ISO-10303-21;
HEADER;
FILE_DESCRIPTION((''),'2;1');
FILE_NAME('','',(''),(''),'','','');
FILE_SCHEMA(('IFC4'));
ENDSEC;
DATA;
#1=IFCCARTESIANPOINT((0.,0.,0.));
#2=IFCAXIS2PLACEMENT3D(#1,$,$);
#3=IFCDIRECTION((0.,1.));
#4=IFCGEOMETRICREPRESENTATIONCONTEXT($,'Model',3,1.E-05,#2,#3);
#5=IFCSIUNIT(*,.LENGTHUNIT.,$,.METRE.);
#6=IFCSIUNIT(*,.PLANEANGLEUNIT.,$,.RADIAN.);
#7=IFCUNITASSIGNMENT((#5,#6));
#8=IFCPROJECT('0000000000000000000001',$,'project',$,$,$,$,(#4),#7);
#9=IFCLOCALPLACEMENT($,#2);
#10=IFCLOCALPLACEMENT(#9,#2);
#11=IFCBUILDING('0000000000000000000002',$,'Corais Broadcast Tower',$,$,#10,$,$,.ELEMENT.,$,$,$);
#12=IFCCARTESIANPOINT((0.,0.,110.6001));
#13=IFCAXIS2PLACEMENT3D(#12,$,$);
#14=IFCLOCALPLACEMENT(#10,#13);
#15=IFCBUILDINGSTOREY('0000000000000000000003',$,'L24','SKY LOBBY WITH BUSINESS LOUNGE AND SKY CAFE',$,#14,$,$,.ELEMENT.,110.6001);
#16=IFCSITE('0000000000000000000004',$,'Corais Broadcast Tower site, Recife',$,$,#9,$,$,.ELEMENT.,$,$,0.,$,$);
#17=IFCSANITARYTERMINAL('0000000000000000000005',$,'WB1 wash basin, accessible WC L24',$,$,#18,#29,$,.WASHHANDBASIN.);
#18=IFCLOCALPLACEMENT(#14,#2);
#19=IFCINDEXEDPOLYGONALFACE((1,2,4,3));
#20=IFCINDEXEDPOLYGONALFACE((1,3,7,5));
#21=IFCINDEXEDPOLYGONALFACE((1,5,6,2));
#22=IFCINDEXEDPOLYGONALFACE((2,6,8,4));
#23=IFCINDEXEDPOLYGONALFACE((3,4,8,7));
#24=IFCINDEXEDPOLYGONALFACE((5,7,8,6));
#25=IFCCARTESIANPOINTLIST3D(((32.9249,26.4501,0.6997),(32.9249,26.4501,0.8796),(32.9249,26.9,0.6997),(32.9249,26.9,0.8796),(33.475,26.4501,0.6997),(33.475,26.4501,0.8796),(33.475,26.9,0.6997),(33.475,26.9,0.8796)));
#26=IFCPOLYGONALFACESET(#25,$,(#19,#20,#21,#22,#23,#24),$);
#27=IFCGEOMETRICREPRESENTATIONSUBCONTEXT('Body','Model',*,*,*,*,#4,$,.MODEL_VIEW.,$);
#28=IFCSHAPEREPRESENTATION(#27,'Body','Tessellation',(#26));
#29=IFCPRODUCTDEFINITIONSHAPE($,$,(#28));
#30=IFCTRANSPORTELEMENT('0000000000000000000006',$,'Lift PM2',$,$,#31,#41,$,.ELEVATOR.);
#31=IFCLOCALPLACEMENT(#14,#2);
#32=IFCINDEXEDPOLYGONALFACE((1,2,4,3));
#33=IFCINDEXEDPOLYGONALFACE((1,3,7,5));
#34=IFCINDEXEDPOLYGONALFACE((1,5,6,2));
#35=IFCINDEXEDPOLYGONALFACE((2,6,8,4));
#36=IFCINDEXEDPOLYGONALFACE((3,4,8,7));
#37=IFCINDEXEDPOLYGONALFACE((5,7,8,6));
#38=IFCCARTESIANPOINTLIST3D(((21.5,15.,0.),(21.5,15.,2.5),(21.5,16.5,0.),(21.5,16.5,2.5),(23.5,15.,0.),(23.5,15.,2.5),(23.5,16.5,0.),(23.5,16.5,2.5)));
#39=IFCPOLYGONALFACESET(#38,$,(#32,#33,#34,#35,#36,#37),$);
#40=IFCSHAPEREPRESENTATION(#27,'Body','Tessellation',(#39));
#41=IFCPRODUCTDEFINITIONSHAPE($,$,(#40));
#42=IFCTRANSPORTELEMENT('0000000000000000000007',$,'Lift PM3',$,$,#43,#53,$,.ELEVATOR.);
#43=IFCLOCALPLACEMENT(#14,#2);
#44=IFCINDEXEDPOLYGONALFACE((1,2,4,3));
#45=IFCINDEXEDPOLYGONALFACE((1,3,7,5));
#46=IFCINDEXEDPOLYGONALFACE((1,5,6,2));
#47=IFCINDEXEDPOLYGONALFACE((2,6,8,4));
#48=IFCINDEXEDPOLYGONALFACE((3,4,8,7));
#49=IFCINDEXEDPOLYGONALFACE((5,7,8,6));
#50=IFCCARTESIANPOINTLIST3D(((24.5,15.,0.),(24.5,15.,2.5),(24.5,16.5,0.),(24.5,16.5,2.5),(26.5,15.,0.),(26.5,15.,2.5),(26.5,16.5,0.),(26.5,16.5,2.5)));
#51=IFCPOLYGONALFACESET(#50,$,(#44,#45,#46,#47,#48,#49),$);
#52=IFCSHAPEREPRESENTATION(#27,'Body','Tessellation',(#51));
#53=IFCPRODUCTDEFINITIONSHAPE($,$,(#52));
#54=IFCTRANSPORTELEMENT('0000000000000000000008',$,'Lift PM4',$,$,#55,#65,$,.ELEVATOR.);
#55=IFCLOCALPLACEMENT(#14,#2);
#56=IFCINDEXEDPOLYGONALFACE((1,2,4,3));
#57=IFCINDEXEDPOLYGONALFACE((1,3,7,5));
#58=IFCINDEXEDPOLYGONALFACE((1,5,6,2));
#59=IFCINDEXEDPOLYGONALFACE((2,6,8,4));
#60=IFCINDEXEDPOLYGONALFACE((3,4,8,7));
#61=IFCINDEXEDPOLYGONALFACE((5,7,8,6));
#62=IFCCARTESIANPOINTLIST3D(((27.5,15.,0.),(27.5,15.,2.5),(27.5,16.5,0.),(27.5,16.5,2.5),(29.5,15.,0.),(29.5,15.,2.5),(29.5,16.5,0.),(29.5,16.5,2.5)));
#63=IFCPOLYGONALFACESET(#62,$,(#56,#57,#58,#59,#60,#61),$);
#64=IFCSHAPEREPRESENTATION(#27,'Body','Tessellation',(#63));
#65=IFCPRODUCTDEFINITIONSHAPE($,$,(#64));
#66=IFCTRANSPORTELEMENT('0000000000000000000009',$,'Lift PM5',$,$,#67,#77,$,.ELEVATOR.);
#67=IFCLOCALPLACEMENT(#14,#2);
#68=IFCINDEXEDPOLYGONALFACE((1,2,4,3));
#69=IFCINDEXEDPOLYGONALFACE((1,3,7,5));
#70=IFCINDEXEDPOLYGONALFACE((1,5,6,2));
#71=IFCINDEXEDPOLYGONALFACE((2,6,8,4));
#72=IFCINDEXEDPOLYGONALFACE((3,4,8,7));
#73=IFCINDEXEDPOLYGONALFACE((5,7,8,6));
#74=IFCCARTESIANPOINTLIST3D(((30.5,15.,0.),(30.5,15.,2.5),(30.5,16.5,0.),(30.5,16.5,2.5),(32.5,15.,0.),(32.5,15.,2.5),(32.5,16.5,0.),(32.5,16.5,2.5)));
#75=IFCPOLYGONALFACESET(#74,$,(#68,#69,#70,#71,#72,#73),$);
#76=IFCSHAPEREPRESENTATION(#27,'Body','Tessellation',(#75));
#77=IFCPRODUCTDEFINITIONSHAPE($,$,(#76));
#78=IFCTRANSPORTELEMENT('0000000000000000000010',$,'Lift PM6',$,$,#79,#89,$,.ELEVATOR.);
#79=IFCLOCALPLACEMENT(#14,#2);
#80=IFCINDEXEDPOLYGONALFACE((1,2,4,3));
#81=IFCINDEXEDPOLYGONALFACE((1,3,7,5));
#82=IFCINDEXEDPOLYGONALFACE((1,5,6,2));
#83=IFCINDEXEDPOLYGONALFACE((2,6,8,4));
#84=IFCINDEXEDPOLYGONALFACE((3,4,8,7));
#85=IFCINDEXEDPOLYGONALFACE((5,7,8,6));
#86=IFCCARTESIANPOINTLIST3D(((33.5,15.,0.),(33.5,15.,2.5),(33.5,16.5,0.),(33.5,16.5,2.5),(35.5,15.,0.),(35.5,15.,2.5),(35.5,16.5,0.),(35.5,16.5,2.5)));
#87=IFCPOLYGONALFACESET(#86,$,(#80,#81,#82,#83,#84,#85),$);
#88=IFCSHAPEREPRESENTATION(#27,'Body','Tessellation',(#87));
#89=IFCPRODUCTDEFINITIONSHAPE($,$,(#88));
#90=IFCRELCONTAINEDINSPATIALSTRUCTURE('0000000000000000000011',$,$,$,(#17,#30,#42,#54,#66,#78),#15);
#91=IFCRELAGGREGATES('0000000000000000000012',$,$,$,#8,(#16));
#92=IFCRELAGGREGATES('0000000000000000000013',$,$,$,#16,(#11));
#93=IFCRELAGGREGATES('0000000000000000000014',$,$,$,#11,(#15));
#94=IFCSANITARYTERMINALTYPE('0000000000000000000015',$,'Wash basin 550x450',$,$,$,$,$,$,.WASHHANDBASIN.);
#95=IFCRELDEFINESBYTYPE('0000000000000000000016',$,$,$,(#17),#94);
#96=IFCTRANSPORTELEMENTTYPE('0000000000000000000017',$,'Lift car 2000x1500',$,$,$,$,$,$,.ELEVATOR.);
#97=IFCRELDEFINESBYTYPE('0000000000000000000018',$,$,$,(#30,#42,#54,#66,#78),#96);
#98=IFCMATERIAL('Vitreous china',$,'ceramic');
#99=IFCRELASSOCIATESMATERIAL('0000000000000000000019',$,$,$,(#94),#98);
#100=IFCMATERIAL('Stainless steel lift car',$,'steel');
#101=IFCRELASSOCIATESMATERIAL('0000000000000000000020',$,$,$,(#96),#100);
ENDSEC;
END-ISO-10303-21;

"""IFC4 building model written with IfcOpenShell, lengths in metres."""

from ifc_helpers import new_model, si_unit, direction, frame, origin, origin_2d, place, context, subcontext, project, spatial, rectangle, extrude, material, type_object, element, save


model = new_model("IFC4")

# Units and contexts
model_context = context("Model", 3, precision=1e-05, world=origin(), true_north=direction((0.0, 1.0)))
body_context = subcontext(model_context, "Body", "Model", "MODEL_VIEW")
ifc_project = project(units=[si_unit("LENGTHUNIT", "METRE"), si_unit("PLANEANGLEUNIT", "RADIAN")], contexts=[model_context])

# Site, building, storey
site_placement = place(None, origin())
site = spatial("IfcSite", under=ifc_project, at=site_placement, Name="Corais Broadcast Tower site, Recife", CompositionType="ELEMENT", RefElevation=0.0)
building_placement = place(site_placement, origin())
building = spatial("IfcBuilding", under=site, at=building_placement, Name="Corais Broadcast Tower", CompositionType="ELEMENT")
storey_placement = place(building_placement, frame((0.0, 0.0, 110.6001)))
storey = spatial("IfcBuildingStorey", under=building, at=storey_placement, Name="L24", Description="SKY LOBBY WITH BUSINESS LOUNGE AND SKY CAFE", CompositionType="ELEMENT", Elevation=110.6001)

# Sanitary terminal
ifc_material_1 = material(Name="Vitreous china", Category="ceramic")
sanitary_terminal_type_1 = type_object("IfcSanitaryTerminalType", Name="Wash basin 550x450", PredefinedType="WASHHANDBASIN", material=ifc_material_1)
sanitary_terminal_1_placement = place(storey_placement, frame((33.2, 26.675, 0.6997), z_axis=(0.0, 0.0, 1.0), x_axis=(1.0, 0.0, 0.0)))
element("IfcSanitaryTerminal", 1, at=sanitary_terminal_1_placement, inside=storey, type_object=sanitary_terminal_type_1, Name="WB1 wash basin, accessible WC L24", PredefinedType="WASHHANDBASIN", context=body_context, shape_type="SweptSolid", body=[
    extrude(rectangle(XDim=0.55, YDim=0.45, at=origin_2d()), origin(), (0.0, 0.0, 1.0), 0.1799),
])

# Transport elements
ifc_material_2 = material(Name="Stainless steel lift car", Category="steel")
transport_element_type = type_object("IfcTransportElementType", Name="Lift car 2000x1500", PredefinedType="ELEVATOR", material=ifc_material_2)
for number, where, z_axis, x_axis, name in (
    (2, (22.5, 15.75, 0.0), (0.0, 0.0, 1.0), (1.0, 0.0, 0.0), "Lift PM2"),
    (3, (25.5, 15.75, 0.0), (0.0, 0.0, 1.0), (1.0, 0.0, 0.0), "Lift PM3"),
    (4, (28.5, 15.75, 0.0), (0.0, 0.0, 1.0), (1.0, 0.0, 0.0), "Lift PM4"),
    (5, (31.5, 15.75, 0.0), (0.0, 0.0, 1.0), (1.0, 0.0, 0.0), "Lift PM5"),
    (6, (34.5, 15.75, 0.0), (0.0, 0.0, 1.0), (1.0, 0.0, 0.0), "Lift PM6"),
):
    element("IfcTransportElement", number, at=place(storey_placement, frame(where, z_axis=z_axis, x_axis=x_axis)), inside=storey, type_object=transport_element_type, Name=name, PredefinedType="ELEVATOR", context=body_context, shape_type="SweptSolid", body=[
        extrude(rectangle(XDim=2.0, YDim=1.5, at=origin_2d()), origin(), (0.0, 0.0, 1.0), 2.5),
    ])

save(model, "model.ifc")
